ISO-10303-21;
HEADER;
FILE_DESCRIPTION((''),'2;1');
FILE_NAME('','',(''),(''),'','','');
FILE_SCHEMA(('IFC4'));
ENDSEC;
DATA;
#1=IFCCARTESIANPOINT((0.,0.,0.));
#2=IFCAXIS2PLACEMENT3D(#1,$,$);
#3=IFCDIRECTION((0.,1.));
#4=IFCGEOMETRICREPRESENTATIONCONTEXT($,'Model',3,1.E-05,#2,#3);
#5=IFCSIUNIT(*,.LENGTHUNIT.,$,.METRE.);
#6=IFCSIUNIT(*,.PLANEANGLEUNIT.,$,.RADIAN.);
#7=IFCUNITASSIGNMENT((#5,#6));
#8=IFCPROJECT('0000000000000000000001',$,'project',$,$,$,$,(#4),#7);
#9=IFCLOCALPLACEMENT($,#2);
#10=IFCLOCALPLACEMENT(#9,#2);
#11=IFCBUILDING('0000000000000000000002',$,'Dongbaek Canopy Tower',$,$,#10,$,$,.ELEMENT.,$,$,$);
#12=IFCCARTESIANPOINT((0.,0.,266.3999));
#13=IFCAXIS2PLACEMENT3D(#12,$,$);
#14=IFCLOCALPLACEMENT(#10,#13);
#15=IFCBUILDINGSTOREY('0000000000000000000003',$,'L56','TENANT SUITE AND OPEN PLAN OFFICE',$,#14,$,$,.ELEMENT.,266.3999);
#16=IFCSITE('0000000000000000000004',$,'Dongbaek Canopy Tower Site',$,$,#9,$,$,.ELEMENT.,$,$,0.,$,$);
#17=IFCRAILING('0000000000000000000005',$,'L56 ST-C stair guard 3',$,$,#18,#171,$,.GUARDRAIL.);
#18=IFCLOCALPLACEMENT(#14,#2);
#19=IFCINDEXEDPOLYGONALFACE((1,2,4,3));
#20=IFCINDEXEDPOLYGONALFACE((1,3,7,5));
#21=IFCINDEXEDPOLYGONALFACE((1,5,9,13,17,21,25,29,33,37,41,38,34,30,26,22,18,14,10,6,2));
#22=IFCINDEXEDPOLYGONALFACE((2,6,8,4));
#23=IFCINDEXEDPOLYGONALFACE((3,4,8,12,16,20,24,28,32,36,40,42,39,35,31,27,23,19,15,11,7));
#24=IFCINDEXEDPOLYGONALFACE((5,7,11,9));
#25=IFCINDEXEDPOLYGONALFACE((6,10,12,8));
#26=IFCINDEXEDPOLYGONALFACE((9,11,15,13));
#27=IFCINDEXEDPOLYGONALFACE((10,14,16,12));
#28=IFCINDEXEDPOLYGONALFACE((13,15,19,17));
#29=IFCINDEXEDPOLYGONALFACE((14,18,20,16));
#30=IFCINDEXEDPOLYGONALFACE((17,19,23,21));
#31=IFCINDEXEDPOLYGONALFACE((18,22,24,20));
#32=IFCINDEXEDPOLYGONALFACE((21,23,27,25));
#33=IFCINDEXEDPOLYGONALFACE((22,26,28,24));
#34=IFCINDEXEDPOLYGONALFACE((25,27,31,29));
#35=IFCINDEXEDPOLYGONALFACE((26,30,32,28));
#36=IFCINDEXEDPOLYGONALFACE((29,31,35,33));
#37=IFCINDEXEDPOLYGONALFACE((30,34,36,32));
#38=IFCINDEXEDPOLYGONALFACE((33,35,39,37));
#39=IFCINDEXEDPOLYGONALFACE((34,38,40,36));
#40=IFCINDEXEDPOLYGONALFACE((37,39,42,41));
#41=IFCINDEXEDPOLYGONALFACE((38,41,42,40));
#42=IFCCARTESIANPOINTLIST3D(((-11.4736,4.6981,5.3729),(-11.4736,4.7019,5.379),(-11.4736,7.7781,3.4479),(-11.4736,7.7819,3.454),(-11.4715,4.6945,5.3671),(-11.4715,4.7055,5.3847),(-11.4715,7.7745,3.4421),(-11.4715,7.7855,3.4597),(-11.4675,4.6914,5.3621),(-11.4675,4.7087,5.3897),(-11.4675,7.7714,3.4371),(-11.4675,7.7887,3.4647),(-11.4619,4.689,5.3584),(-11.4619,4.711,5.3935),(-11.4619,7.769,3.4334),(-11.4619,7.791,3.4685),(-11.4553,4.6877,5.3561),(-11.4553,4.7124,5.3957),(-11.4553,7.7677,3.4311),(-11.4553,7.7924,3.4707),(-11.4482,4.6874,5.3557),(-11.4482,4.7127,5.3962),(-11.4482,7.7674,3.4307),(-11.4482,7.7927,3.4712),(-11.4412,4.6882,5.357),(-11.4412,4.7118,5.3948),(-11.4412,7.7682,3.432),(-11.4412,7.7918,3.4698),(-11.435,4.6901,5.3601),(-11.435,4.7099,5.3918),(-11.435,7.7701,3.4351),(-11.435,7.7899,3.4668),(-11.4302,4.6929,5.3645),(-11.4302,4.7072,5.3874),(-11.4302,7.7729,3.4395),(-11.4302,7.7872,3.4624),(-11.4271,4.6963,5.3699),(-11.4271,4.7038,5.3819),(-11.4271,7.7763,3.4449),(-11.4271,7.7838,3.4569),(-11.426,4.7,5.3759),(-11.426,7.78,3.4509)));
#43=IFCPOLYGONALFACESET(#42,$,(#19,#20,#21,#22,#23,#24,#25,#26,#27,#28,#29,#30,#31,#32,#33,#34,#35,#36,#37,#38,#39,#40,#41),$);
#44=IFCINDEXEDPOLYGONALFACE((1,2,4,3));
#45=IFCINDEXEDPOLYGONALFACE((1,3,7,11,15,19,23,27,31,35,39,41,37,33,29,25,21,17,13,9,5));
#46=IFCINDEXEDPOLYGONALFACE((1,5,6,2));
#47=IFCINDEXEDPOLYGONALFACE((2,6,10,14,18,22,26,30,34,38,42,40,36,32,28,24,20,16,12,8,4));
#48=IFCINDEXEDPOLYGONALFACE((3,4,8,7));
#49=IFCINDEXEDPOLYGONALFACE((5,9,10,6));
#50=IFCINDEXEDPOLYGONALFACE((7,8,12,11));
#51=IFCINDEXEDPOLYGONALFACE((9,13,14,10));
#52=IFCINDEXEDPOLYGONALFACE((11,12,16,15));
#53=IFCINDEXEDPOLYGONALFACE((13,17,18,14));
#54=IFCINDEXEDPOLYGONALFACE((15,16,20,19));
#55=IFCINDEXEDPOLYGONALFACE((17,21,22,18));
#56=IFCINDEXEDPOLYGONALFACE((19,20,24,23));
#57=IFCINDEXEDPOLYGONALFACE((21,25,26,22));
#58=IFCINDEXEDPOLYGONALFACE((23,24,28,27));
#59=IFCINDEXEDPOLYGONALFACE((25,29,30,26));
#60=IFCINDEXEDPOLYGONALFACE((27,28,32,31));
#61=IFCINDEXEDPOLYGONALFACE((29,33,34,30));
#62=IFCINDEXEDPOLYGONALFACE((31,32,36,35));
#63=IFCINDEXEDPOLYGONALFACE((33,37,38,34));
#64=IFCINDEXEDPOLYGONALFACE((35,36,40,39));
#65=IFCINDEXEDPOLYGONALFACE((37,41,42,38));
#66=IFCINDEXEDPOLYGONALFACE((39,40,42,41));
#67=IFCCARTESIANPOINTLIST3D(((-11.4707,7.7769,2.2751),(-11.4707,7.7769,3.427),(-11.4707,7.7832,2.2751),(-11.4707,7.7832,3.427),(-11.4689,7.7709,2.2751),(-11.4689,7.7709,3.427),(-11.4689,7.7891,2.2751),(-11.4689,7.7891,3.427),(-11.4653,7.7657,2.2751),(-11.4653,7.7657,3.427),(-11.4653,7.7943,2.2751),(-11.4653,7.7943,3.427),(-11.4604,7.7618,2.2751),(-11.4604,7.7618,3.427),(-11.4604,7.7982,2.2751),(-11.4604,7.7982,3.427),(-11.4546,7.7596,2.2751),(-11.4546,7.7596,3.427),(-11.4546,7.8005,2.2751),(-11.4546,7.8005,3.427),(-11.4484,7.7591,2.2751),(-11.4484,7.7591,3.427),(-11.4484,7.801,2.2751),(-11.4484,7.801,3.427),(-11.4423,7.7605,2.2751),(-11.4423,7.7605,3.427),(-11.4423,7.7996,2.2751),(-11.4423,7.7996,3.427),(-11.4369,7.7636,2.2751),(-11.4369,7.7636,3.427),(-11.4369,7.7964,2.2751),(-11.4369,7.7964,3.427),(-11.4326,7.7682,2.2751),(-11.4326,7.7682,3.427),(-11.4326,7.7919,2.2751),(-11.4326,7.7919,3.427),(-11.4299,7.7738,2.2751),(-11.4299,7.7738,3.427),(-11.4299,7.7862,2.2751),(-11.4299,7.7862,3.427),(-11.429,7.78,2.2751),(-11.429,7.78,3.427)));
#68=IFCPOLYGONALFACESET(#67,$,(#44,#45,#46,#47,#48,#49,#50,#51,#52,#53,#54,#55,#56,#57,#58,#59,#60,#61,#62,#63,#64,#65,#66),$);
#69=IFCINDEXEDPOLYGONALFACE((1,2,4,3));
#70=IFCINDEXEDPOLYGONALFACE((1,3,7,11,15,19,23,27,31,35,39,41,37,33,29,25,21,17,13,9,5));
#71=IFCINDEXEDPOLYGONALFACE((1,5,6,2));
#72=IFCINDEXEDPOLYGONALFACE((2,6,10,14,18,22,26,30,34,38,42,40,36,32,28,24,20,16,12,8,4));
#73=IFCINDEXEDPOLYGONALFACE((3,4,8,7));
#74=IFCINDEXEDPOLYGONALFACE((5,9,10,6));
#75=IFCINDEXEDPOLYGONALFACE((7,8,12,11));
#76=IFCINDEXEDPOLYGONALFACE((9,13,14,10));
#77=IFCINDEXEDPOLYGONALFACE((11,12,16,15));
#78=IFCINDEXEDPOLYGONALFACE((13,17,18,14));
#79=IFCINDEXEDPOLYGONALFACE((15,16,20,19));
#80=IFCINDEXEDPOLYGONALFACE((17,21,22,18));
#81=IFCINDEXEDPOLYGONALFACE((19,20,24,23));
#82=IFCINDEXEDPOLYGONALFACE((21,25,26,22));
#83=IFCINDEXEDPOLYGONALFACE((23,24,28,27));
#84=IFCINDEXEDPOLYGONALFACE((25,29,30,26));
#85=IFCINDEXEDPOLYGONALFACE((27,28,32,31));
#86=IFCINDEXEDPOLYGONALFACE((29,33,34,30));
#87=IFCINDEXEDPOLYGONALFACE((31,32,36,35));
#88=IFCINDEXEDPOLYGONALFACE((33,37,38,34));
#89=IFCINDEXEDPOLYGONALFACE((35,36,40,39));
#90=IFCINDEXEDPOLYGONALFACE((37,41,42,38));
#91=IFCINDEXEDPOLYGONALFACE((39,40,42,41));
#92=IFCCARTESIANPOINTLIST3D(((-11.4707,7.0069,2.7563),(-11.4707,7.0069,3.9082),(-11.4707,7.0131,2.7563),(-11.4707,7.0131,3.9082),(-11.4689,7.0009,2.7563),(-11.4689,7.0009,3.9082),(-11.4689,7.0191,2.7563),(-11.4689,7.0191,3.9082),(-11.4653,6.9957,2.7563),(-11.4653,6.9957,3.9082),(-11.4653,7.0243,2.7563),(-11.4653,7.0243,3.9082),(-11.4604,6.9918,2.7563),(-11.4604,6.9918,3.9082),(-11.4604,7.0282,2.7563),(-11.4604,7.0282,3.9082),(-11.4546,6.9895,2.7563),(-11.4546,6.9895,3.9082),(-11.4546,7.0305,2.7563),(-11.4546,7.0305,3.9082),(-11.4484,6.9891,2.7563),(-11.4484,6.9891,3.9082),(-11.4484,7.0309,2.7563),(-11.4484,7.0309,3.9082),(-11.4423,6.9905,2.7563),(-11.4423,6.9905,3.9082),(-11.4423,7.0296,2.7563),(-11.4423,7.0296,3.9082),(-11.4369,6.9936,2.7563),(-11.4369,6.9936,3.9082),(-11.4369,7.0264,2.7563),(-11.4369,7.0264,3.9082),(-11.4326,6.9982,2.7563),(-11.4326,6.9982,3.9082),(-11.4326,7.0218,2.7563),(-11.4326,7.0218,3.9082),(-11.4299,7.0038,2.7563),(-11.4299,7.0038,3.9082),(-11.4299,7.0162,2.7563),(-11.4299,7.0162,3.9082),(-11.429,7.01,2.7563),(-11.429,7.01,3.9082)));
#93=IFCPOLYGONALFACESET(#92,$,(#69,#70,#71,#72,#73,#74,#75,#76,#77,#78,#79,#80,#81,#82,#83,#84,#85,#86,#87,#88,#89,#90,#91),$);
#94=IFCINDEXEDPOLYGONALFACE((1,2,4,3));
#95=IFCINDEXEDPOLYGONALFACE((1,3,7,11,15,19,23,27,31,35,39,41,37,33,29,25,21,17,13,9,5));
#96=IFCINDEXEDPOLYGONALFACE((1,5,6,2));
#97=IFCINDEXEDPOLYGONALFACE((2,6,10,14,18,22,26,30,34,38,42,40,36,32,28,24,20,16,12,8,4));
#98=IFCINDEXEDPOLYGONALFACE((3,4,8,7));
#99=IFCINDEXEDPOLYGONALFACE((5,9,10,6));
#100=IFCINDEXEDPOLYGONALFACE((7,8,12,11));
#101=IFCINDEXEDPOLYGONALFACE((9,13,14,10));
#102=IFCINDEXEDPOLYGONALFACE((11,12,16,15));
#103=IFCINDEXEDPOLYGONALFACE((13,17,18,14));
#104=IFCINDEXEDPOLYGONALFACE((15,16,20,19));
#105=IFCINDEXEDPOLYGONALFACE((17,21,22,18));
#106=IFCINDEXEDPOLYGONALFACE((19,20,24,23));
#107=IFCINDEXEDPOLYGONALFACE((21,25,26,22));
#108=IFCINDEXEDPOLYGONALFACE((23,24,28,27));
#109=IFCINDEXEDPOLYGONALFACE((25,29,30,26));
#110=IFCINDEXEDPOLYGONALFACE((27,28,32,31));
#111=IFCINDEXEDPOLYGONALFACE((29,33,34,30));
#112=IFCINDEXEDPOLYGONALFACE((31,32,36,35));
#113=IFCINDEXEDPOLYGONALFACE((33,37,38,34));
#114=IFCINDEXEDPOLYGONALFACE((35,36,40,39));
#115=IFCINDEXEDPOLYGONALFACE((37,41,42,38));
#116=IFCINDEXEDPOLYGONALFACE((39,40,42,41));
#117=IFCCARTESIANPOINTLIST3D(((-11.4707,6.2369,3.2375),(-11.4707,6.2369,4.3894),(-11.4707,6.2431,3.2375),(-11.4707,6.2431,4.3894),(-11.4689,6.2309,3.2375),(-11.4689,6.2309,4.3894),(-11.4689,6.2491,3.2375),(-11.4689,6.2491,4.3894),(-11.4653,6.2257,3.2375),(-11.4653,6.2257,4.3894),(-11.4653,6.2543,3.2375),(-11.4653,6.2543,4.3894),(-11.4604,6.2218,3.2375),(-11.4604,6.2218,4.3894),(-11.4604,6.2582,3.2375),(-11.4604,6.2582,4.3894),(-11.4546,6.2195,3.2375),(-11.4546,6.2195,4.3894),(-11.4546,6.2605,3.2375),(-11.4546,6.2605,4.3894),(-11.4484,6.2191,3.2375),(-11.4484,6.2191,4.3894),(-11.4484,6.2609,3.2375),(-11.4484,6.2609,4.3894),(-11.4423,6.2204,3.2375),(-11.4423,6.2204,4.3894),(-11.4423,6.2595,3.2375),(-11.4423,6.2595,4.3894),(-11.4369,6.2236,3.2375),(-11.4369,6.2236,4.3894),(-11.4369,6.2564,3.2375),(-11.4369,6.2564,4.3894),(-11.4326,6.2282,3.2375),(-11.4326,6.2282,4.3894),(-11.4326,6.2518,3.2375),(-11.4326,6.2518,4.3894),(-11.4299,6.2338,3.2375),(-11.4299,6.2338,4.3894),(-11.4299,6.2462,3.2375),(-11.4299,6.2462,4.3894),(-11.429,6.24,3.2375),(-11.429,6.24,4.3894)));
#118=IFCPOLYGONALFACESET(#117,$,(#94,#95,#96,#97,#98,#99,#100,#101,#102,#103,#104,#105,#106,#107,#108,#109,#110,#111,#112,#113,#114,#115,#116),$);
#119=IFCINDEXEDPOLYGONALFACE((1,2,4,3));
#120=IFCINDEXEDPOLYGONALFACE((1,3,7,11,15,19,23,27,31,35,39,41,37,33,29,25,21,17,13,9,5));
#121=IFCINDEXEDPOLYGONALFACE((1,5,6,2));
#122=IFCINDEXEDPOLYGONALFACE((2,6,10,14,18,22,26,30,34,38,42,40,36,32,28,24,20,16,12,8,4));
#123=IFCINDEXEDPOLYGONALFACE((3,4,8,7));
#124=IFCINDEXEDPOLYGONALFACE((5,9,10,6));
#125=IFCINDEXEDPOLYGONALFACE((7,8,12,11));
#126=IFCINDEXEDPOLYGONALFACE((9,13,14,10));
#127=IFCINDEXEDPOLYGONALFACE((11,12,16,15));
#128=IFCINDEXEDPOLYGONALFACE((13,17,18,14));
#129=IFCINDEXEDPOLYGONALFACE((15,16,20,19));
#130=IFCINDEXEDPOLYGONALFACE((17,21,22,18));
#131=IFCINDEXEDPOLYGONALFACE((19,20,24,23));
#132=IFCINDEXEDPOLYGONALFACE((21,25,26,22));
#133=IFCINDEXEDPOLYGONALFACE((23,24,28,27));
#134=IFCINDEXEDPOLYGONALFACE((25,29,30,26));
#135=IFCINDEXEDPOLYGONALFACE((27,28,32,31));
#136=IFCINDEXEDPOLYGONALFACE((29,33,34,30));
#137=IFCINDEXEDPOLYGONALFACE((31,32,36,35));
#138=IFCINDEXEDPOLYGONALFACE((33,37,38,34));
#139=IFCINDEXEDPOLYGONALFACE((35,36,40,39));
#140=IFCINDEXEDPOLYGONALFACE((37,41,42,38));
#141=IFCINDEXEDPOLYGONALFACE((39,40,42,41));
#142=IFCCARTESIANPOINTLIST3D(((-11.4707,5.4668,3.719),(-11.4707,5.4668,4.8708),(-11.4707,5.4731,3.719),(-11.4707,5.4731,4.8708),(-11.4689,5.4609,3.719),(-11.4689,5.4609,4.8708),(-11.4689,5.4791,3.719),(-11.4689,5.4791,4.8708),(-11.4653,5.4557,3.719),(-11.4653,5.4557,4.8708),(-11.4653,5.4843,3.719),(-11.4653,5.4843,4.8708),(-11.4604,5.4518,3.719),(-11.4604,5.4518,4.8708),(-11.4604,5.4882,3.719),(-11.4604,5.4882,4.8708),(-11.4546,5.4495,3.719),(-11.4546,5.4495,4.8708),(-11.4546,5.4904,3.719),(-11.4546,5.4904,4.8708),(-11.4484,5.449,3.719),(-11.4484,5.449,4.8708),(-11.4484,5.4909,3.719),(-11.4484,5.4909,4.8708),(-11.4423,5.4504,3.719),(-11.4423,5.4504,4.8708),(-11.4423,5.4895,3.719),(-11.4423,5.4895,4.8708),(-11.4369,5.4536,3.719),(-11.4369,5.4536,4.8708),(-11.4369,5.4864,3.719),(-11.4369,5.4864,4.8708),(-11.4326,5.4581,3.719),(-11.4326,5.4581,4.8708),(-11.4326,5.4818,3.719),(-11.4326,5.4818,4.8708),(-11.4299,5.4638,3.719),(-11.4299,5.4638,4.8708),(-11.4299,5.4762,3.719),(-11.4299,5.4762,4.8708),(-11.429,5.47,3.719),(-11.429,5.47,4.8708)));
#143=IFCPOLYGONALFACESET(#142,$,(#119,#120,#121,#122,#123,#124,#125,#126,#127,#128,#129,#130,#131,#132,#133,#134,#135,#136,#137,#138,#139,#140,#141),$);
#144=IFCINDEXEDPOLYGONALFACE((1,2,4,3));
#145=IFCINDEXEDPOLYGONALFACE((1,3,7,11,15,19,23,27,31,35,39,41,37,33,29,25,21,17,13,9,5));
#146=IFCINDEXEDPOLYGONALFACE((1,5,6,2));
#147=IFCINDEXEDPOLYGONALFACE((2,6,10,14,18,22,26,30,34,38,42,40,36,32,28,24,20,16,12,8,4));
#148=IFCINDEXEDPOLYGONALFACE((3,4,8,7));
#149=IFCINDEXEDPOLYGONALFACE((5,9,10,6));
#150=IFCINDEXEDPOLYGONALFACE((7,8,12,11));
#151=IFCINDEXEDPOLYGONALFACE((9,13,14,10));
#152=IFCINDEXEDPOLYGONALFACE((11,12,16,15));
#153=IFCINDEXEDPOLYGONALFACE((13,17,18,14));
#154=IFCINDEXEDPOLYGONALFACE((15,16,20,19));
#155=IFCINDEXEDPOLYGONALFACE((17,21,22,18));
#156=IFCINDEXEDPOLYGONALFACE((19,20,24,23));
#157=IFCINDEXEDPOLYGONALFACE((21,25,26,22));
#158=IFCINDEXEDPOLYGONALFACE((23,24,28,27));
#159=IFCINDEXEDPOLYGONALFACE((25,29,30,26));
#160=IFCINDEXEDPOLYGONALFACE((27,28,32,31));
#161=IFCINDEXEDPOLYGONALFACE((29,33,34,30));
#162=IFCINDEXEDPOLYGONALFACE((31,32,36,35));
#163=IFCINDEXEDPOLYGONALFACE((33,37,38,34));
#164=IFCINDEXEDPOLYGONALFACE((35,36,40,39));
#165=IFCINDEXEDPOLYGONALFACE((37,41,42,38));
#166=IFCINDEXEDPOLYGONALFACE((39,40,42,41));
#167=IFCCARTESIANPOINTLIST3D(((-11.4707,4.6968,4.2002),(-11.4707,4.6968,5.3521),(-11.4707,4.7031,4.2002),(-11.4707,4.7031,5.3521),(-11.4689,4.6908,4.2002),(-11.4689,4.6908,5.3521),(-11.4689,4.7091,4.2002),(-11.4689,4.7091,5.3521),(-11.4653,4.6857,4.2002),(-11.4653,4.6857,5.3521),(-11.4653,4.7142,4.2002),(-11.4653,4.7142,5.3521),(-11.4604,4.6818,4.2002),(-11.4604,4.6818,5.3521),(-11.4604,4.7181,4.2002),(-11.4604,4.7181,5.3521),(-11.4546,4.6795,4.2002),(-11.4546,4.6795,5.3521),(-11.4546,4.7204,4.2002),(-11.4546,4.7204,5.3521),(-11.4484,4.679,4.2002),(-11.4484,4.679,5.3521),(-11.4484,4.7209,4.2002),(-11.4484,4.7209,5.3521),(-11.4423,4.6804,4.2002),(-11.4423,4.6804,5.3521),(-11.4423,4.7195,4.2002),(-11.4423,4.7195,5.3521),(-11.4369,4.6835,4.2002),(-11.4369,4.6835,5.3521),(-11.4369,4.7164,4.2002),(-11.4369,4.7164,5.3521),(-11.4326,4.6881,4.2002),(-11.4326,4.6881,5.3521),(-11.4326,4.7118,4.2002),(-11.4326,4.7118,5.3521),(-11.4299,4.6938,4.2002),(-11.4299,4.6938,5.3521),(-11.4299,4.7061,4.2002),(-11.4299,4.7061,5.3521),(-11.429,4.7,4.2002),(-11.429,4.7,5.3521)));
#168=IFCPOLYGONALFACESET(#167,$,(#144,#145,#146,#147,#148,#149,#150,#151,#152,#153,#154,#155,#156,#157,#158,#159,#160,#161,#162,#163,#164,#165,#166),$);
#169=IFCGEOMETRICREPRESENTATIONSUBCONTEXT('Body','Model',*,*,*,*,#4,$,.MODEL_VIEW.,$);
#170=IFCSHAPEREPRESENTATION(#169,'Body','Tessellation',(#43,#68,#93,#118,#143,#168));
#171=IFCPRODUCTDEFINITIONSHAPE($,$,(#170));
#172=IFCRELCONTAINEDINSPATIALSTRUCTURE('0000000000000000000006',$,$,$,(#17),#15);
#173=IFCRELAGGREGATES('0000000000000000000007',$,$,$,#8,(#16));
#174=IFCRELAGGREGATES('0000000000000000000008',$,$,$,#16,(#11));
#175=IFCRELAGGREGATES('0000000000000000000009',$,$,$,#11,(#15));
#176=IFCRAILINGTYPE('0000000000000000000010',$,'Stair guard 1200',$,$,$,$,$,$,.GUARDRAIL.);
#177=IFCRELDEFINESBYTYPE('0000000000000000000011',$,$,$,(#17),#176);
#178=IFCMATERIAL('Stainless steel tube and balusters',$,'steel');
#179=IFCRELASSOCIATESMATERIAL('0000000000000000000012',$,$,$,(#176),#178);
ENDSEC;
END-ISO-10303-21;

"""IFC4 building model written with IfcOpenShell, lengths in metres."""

from ifc_helpers import new_model, si_unit, direction, frame, origin, origin_2d, place, context, subcontext, project, spatial, circle, extrude, material, type_object, element, save


model = new_model("IFC4")

# Units and contexts
model_context = context("Model", 3, precision=1e-05, world=origin(), true_north=direction((0.0, 1.0)))
body_context = subcontext(model_context, "Body", "Model", "MODEL_VIEW")
ifc_project = project(units=[si_unit("LENGTHUNIT", "METRE"), si_unit("PLANEANGLEUNIT", "RADIAN")], contexts=[model_context])

# Site, building, storey
site_placement = place(None, origin())
site = spatial("IfcSite", under=ifc_project, at=site_placement, Name="Dongbaek Canopy Tower Site", CompositionType="ELEMENT", RefElevation=0.0)
building_placement = place(site_placement, origin())
building = spatial("IfcBuilding", under=site, at=building_placement, Name="Dongbaek Canopy Tower", CompositionType="ELEMENT")
storey_placement = place(building_placement, frame((0.0, 0.0, 266.3999)))
storey = spatial("IfcBuildingStorey", under=building, at=storey_placement, Name="L56", Description="TENANT SUITE AND OPEN PLAN OFFICE", CompositionType="ELEMENT", Elevation=266.3999)

# Railing
ifc_material_1 = material(Name="Stainless steel tube and balusters", Category="steel")
railing_type_1 = type_object("IfcRailingType", Name="Stair guard 1200", PredefinedType="GUARDRAIL", material=ifc_material_1)
railing_1_placement = place(storey_placement, frame((-11.45, 7.78, 2.2751)))
element("IfcRailing", 1, at=railing_1_placement, inside=storey, type_object=railing_type_1, Name="L56 ST-C stair guard 3", PredefinedType="GUARDRAIL", context=body_context, shape_type="SweptSolid", body=[
    extrude(circle(Radius=0.0239, at=origin_2d()), frame((0.0, 0.0, 1.1758), z_axis=(0.0, -0.847998, 0.529999), x_axis=(1.0, 0.0, 0.0)), (0.0, 0.0, 1.0), 3.6321),
    extrude(circle(Radius=0.021, at=origin_2d()), origin(), (0.0, 0.0, 1.0), 1.1519),
    extrude(circle(Radius=0.021, at=origin_2d()), frame((0.0, -0.77, 0.4812)), (0.0, 0.0, 1.0), 1.1519),
    extrude(circle(Radius=0.021, at=origin_2d()), frame((0.0, -1.54, 0.9624)), (0.0, 0.0, 1.0), 1.1519),
    extrude(circle(Radius=0.021, at=origin_2d()), frame((0.0, -2.3101, 1.4438)), (0.0, 0.0, 1.0), 1.1519),
    extrude(circle(Radius=0.021, at=origin_2d()), frame((0.0, -3.0801, 1.925)), (0.0, 0.0, 1.0), 1.1519),
])

save(model, "model.ifc")
